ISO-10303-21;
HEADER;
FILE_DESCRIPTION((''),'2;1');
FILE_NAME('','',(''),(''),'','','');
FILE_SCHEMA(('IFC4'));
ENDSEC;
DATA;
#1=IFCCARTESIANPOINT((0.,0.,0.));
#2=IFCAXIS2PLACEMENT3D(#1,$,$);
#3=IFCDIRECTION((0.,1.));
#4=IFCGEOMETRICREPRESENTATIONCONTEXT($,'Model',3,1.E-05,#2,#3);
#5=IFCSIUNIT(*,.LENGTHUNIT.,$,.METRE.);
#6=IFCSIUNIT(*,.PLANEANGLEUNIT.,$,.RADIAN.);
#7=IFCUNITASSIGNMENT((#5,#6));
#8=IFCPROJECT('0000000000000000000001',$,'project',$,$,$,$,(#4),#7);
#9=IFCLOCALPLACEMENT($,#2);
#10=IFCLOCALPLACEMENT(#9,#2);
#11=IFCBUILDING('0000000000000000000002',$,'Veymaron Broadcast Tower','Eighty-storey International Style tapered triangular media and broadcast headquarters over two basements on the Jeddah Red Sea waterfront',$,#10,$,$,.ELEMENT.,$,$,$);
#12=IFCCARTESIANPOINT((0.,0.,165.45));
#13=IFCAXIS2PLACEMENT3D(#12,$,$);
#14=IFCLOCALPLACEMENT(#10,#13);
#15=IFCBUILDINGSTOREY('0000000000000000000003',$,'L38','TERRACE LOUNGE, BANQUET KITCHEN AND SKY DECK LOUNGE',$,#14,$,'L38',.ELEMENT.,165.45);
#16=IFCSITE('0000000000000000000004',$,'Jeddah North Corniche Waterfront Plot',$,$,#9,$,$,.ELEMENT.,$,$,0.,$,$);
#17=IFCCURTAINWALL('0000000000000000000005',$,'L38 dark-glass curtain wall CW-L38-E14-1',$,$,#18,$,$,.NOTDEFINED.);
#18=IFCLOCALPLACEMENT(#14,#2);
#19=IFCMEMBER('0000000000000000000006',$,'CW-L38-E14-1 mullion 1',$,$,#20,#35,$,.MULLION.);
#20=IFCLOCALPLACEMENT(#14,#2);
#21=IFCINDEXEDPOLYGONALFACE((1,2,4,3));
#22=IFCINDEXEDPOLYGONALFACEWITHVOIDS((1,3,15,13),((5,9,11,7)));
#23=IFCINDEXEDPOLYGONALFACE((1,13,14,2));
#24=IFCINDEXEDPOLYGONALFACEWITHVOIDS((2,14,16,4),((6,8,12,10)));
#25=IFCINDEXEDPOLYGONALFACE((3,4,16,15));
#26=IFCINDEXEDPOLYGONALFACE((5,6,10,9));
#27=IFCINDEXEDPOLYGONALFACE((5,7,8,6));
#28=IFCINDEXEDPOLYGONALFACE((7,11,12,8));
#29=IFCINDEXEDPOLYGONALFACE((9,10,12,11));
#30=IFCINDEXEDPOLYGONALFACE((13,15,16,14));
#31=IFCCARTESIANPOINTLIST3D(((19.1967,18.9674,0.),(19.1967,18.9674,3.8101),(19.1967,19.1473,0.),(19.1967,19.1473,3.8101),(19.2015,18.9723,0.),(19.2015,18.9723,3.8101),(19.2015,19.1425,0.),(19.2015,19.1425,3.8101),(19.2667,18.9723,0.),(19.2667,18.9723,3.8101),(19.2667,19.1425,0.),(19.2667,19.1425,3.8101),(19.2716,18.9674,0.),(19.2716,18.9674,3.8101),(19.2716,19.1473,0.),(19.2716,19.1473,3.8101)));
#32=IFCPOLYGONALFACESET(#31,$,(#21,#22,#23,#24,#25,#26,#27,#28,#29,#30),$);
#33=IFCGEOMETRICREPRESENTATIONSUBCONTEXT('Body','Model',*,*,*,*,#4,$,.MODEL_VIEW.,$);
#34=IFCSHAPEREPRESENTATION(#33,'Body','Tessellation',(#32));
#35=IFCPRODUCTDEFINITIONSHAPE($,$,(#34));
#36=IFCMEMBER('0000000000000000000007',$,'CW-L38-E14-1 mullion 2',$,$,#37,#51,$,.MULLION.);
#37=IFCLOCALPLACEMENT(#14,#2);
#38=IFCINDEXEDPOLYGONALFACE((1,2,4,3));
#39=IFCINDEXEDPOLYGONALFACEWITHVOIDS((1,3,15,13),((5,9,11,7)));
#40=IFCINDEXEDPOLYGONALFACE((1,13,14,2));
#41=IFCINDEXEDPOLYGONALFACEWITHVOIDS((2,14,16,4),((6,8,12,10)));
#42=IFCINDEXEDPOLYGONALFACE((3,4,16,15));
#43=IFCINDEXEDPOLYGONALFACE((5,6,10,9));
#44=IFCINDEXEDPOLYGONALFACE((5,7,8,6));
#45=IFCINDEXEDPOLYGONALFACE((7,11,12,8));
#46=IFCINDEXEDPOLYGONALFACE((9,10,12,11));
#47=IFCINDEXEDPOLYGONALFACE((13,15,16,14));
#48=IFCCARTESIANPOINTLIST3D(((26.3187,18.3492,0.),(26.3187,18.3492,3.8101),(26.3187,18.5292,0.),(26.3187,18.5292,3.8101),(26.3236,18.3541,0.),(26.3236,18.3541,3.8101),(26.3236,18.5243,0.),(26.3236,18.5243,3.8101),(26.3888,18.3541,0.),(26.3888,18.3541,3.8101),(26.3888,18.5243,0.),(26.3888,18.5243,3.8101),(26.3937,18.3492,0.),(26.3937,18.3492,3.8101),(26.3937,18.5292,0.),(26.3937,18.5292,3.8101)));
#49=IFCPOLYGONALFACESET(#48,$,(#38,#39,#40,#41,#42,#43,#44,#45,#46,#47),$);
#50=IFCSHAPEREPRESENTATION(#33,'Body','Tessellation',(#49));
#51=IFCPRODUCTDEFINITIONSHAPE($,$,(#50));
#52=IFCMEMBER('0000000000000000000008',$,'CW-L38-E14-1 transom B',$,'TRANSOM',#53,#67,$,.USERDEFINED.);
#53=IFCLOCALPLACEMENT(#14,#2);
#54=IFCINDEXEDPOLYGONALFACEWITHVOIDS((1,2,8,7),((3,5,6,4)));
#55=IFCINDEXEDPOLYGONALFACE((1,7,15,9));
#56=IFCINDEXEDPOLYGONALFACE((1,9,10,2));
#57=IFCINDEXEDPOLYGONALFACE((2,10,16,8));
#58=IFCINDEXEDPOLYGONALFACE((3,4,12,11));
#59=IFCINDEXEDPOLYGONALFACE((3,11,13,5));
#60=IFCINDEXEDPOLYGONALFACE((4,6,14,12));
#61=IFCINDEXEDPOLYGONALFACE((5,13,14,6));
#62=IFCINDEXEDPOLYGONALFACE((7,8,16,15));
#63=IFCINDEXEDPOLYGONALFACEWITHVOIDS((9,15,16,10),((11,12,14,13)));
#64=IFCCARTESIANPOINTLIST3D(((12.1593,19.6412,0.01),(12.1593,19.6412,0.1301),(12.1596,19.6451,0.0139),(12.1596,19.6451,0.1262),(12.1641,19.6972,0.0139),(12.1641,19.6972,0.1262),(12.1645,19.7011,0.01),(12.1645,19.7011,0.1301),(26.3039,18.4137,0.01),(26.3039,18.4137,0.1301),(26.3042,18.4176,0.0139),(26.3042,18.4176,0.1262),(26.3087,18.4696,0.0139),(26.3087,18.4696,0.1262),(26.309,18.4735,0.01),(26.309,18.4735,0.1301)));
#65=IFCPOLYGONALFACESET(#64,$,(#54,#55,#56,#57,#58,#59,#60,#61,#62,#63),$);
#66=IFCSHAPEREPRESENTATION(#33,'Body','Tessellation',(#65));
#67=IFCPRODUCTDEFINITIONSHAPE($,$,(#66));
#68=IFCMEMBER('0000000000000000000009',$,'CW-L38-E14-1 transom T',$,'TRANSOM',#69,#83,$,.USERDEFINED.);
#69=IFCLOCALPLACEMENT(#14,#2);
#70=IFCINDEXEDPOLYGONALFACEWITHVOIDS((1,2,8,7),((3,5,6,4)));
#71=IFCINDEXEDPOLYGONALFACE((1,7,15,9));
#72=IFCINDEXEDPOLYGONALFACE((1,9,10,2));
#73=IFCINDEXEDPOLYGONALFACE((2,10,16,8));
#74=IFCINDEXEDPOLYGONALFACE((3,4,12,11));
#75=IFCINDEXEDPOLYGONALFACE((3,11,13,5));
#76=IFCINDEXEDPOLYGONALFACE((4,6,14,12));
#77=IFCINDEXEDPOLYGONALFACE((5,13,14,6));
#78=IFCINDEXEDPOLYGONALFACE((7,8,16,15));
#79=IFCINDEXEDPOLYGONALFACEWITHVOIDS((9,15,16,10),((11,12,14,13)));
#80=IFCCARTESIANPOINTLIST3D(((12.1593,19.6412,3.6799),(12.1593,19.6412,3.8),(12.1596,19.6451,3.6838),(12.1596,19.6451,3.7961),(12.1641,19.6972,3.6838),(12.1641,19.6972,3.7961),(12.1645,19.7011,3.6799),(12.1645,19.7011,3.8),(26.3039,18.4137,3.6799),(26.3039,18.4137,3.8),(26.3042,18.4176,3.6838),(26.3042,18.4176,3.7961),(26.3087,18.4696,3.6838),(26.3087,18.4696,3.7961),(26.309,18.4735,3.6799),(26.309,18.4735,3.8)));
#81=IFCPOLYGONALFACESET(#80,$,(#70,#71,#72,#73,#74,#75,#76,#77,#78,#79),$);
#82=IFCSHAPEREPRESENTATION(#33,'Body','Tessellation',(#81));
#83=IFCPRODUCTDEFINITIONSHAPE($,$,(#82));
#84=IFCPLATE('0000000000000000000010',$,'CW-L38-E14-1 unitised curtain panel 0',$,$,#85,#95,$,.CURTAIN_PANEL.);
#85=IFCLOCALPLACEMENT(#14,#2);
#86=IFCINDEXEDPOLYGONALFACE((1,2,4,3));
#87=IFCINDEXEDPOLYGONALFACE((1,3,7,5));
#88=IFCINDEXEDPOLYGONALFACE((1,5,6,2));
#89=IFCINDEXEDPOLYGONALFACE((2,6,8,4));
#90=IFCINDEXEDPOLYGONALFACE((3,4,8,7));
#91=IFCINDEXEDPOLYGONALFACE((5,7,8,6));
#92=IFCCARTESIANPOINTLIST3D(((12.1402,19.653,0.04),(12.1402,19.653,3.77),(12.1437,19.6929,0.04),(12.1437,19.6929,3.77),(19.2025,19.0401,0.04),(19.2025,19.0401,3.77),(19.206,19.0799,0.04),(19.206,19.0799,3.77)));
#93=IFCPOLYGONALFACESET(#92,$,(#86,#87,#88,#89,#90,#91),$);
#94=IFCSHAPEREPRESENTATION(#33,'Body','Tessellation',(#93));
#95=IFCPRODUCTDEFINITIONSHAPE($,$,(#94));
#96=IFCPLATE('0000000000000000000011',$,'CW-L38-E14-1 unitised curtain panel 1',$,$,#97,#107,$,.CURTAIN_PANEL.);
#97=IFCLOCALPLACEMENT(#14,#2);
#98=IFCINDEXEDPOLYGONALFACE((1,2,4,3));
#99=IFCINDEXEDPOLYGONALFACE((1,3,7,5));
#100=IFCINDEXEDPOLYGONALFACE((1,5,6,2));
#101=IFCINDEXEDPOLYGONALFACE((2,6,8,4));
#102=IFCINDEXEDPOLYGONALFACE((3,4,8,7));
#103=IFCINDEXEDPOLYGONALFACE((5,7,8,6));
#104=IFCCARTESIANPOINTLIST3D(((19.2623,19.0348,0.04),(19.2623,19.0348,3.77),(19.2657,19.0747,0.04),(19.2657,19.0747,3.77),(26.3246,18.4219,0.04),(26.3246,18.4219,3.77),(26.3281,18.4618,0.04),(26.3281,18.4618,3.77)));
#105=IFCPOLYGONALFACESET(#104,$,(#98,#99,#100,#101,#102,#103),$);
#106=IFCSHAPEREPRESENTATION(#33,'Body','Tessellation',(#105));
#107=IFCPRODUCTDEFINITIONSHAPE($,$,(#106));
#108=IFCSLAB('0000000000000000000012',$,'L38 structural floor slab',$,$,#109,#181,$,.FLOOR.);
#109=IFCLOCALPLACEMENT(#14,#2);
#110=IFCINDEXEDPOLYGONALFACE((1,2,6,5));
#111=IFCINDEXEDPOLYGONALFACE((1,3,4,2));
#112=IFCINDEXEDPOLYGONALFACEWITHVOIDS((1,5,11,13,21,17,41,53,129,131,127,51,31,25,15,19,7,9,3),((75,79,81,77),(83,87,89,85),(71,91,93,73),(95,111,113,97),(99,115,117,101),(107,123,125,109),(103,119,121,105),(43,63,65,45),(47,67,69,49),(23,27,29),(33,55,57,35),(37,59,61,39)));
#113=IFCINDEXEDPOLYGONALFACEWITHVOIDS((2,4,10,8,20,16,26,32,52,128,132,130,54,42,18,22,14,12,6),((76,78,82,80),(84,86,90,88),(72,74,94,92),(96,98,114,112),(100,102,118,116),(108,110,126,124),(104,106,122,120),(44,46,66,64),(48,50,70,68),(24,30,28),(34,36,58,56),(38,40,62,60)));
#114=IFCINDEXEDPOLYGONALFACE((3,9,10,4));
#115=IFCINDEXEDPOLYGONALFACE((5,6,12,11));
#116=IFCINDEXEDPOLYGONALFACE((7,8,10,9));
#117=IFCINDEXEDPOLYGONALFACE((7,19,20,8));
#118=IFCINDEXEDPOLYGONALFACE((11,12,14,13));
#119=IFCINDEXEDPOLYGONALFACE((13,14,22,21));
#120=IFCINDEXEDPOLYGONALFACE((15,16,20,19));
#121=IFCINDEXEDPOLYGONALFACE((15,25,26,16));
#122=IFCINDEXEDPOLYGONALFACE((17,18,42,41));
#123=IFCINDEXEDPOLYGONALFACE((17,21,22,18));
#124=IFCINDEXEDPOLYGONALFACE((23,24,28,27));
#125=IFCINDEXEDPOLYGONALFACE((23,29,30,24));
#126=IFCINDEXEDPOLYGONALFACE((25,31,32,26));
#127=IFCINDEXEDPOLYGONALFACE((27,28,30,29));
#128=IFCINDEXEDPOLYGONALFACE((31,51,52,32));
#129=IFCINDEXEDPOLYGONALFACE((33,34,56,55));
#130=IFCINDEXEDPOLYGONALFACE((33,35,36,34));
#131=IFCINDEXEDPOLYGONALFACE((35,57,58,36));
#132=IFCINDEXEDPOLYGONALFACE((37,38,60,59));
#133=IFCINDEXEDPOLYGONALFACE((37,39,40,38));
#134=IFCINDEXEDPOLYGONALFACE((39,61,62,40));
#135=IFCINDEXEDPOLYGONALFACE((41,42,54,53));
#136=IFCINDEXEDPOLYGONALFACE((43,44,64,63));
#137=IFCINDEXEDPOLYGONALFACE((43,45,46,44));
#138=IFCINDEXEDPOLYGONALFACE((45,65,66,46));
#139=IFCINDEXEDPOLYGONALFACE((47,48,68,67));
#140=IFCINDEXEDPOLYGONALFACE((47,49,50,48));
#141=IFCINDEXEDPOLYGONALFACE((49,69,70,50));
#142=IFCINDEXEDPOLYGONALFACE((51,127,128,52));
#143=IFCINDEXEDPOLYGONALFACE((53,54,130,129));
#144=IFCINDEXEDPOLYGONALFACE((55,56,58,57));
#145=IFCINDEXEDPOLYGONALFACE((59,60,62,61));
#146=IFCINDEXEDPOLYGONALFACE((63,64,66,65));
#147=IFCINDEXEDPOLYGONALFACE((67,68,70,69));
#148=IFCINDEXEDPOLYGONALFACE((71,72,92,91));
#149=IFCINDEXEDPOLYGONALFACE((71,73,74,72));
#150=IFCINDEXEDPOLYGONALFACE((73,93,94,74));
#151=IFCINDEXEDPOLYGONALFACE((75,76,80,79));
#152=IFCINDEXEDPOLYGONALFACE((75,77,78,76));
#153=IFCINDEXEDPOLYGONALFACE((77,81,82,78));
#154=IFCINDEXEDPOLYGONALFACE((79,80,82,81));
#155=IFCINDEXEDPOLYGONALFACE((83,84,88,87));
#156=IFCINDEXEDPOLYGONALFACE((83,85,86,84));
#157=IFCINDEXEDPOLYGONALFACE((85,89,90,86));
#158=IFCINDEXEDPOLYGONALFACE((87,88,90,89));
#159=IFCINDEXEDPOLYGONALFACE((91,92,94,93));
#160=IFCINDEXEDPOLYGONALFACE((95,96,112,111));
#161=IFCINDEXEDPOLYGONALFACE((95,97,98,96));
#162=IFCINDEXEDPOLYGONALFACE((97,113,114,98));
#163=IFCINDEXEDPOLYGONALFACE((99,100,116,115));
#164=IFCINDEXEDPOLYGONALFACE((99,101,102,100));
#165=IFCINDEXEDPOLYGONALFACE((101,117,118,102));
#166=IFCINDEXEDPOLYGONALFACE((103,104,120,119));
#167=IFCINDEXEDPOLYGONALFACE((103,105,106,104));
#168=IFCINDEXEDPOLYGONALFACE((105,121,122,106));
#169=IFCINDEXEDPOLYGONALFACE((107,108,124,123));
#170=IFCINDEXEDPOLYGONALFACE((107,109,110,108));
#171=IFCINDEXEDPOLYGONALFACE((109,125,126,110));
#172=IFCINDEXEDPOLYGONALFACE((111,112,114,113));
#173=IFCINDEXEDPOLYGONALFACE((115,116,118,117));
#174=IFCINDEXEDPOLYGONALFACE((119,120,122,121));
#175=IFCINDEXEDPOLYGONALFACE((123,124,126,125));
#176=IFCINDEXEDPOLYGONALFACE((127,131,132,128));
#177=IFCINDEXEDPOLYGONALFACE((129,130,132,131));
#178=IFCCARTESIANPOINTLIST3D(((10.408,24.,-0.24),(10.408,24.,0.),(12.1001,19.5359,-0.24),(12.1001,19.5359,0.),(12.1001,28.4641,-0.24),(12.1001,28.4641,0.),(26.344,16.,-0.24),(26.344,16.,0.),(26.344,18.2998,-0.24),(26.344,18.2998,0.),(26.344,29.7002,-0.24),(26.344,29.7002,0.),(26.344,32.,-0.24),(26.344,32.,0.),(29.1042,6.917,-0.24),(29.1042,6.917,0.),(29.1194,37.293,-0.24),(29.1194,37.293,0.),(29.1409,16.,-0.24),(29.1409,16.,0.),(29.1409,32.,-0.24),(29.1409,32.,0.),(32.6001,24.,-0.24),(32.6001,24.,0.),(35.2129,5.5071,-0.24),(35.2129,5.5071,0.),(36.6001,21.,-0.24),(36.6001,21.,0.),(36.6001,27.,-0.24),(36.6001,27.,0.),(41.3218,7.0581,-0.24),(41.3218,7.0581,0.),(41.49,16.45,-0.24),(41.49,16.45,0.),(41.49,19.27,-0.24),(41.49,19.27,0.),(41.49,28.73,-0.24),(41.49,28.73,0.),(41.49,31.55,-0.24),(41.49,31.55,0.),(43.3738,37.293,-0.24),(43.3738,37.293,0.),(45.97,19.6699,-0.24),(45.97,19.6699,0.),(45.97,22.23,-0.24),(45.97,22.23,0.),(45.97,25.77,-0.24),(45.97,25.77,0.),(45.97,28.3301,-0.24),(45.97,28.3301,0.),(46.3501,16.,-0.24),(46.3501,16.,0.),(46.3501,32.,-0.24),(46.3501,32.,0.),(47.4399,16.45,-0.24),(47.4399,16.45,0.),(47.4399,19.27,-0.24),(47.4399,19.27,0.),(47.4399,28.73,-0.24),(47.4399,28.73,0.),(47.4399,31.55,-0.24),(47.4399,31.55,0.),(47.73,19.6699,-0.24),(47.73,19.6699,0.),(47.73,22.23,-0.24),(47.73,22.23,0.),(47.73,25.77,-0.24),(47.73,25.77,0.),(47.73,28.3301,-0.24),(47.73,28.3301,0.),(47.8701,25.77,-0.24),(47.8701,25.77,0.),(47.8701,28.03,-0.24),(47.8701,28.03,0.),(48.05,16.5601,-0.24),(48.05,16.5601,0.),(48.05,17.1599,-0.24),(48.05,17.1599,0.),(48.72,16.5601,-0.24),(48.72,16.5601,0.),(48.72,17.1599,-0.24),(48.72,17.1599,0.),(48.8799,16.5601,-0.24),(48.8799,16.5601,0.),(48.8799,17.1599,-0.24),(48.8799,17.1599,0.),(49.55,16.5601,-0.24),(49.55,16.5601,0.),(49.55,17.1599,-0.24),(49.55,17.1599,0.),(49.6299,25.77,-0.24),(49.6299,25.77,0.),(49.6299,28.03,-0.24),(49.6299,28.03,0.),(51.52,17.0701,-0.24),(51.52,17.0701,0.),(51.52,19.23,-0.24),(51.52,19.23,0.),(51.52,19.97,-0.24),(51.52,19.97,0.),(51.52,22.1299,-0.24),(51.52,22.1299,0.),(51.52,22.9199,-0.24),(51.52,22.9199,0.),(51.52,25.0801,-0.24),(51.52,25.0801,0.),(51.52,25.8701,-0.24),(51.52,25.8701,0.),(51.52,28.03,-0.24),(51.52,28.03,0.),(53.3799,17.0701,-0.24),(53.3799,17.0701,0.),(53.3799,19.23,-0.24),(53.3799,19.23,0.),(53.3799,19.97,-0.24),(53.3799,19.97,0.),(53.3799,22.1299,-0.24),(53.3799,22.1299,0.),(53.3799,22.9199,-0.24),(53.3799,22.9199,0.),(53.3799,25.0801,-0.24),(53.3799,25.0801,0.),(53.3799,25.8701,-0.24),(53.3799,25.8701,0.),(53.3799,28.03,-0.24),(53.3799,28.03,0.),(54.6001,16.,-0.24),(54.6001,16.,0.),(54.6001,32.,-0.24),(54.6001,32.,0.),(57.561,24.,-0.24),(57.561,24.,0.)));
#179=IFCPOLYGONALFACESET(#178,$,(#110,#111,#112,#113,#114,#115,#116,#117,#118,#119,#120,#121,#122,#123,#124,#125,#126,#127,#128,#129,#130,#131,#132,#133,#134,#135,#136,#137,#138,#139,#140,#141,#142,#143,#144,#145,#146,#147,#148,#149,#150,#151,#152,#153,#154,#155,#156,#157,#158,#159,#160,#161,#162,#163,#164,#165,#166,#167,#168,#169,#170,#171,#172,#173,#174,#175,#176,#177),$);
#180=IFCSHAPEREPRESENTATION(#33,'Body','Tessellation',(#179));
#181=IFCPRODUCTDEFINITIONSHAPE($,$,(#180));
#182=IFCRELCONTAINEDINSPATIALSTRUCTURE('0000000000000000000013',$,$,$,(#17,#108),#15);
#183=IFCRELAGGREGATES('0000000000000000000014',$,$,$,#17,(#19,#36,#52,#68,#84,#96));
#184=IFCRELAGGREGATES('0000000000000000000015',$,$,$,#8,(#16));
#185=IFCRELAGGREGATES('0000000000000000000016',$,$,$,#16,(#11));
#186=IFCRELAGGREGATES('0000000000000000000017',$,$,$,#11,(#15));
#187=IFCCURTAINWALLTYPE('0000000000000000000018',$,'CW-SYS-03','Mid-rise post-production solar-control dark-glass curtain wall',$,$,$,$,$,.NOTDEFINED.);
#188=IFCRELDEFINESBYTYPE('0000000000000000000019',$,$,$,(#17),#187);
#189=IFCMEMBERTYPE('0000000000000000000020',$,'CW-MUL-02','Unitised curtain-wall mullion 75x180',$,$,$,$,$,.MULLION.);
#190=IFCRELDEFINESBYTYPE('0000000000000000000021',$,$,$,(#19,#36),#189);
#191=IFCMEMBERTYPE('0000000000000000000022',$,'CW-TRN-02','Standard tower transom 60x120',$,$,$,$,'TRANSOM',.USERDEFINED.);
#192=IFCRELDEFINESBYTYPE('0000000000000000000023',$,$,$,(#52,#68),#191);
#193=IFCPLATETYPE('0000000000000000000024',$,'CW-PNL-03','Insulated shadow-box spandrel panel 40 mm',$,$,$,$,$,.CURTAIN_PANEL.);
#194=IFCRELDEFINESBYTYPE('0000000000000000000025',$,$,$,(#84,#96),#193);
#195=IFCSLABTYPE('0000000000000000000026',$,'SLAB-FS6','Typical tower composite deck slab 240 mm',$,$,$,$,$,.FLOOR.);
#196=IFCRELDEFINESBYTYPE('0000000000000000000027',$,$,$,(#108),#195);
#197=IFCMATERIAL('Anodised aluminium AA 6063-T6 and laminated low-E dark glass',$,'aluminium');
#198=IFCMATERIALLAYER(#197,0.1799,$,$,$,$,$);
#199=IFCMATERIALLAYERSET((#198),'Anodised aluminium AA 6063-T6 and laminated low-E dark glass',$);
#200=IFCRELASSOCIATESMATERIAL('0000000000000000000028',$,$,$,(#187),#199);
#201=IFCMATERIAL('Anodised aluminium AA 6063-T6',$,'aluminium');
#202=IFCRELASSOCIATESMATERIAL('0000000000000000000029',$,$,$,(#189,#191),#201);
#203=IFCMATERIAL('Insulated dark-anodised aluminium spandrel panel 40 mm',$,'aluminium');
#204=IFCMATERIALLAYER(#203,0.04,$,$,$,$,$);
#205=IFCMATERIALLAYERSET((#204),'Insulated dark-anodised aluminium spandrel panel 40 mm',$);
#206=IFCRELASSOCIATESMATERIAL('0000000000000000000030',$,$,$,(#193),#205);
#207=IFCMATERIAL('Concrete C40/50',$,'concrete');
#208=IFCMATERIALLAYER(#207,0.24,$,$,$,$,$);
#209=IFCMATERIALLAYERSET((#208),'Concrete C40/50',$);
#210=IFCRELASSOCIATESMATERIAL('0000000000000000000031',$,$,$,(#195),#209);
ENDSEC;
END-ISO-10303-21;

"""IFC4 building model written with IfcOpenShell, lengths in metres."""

from ifc_helpers import new_model, si_unit, direction, frame, origin, origin_2d, place, context, subcontext, project, spatial, polyline, rectangle, hollow_rectangle, outline, extrude, material, layer, layer_set, material_profile, profile_set, type_object, element, aggregate, save


model = new_model("IFC4")

# Units and contexts
model_context = context("Model", 3, precision=1e-05, world=origin(), true_north=direction((0.0, 1.0)))
body_context = subcontext(model_context, "Body", "Model", "MODEL_VIEW")
ifc_project = project(units=[si_unit("LENGTHUNIT", "METRE"), si_unit("PLANEANGLEUNIT", "RADIAN")], contexts=[model_context])

# Site, building, storey
site_placement = place(None, origin())
site = spatial("IfcSite", under=ifc_project, at=site_placement, Name="Jeddah North Corniche Waterfront Plot", CompositionType="ELEMENT", RefElevation=0.0)
building_placement = place(site_placement, origin())
building = spatial("IfcBuilding", under=site, at=building_placement, Name="Veymaron Broadcast Tower", Description="Eighty-storey International Style tapered triangular media and broadcast headquarters over two basements on the Jeddah Red Sea waterfront", CompositionType="ELEMENT")
storey_placement = place(building_placement, frame((0.0, 0.0, 165.45)))
storey = spatial("IfcBuildingStorey", under=building, at=storey_placement, Name="L38", Description="TERRACE LOUNGE, BANQUET KITCHEN AND SKY DECK LOUNGE", LongName="L38", CompositionType="ELEMENT", Elevation=165.45)

# Curtain wall, members, plates
ifc_material_1 = material(Name="Anodised aluminium AA 6063-T6 and laminated low-E dark glass", Category="aluminium")
ifc_layer_1 = layer(ifc_material_1, 0.1799)
ifc_layer_set_1 = layer_set([ifc_layer_1], Name="Anodised aluminium AA 6063-T6 and laminated low-E dark glass")
curtain_wall_type = type_object("IfcCurtainWallType", Name="CW-SYS-03", Description="Mid-rise post-production solar-control dark-glass curtain wall", PredefinedType="NOTDEFINED", material=ifc_layer_set_1)
curtain_wall_placement = place(storey_placement, origin())
curtain_wall = element("IfcCurtainWall", 1, at=curtain_wall_placement, inside=storey, type_object=curtain_wall_type, Name="L38 dark-glass curtain wall CW-L38-E14-1", PredefinedType="NOTDEFINED")
ifc_material_2 = material(Name="Anodised aluminium AA 6063-T6", Category="aluminium")
ifc_material_profile_1 = material_profile(ifc_material_2, hollow_rectangle(XDim=0.075, YDim=0.1799, WallThickness=0.0049, at=origin_2d()), Name="AL180X75X5")
ifc_profile_set_1 = profile_set([ifc_material_profile_1], Name="Anodised aluminium AA 6063-T6")
member_type_1 = type_object("IfcMemberType", Name="CW-MUL-02", Description="Unitised curtain-wall mullion 75x180", PredefinedType="MULLION", material=ifc_profile_set_1)
member_1_placement = place(storey_placement, frame((19.2341, 19.0574, 0.0), z_axis=(0.0, 0.0, 1.0), x_axis=(1.0, 0.0, 0.0)))
member_1 = element("IfcMember", 2, at=member_1_placement, type_object=member_type_1, Name="CW-L38-E14-1 mullion 1", PredefinedType="MULLION", context=body_context, shape_type="SweptSolid", body=[
    extrude(hollow_rectangle(XDim=0.075, YDim=0.1799, WallThickness=0.0049, at=origin_2d()), origin(), (0.0, 0.0, 1.0), 3.8101),
])
member_2_placement = place(storey_placement, frame((26.3562, 18.4392, 0.0), z_axis=(0.0, 0.0, 1.0), x_axis=(1.0, 0.0, 0.0)))
member_2 = element("IfcMember", 3, at=member_2_placement, type_object=member_type_1, Name="CW-L38-E14-1 mullion 2", PredefinedType="MULLION", context=body_context, shape_type="SweptSolid", body=[
    extrude(hollow_rectangle(XDim=0.075, YDim=0.1799, WallThickness=0.0049, at=origin_2d()), origin(), (0.0, 0.0, 1.0), 3.8101),
])
ifc_material_profile_2 = material_profile(ifc_material_2, hollow_rectangle(XDim=0.0601, YDim=0.1201, WallThickness=0.0039, at=origin_2d()), Name="AL120X60X4")
ifc_profile_set_2 = profile_set([ifc_material_profile_2], Name="Anodised aluminium AA 6063-T6")
member_type_2 = type_object("IfcMemberType", Name="CW-TRN-02", Description="Standard tower transom 60x120", ElementType="TRANSOM", PredefinedType="USERDEFINED", material=ifc_profile_set_2)
member_3_placement = place(storey_placement, frame((12.1619, 19.6711, 0.0701), z_axis=(0.996255, -0.08646, 0.0), x_axis=(0.08646, 0.996255, 0.0)))
member_3 = element("IfcMember", 4, at=member_3_placement, type_object=member_type_2, Name="CW-L38-E14-1 transom B", ObjectType="TRANSOM", PredefinedType="USERDEFINED", context=body_context, shape_type="SweptSolid", body=[
    extrude(hollow_rectangle(XDim=0.0601, YDim=0.1201, WallThickness=0.0039, at=origin_2d()), origin(), (0.0, 0.0, 1.0), 14.1978),
])
member_4_placement = place(storey_placement, frame((12.1619, 19.6711, 3.74), z_axis=(0.996255, -0.08646, 0.0), x_axis=(0.08646, 0.996255, 0.0)))
member_4 = element("IfcMember", 5, at=member_4_placement, type_object=member_type_2, Name="CW-L38-E14-1 transom T", ObjectType="TRANSOM", PredefinedType="USERDEFINED", context=body_context, shape_type="SweptSolid", body=[
    extrude(hollow_rectangle(XDim=0.0601, YDim=0.1201, WallThickness=0.0039, at=origin_2d()), origin(), (0.0, 0.0, 1.0), 14.1978),
])
ifc_material_3 = material(Name="Insulated dark-anodised aluminium spandrel panel 40 mm", Category="aluminium")
ifc_layer_2 = layer(ifc_material_3, 0.04)
ifc_layer_set_2 = layer_set([ifc_layer_2], Name="Insulated dark-anodised aluminium spandrel panel 40 mm")
plate_type = type_object("IfcPlateType", Name="CW-PNL-03", Description="Insulated shadow-box spandrel panel 40 mm", PredefinedType="CURTAIN_PANEL", material=ifc_layer_set_2)
plate_1_placement = place(storey_placement, frame((15.6731, 19.3665, 0.04), z_axis=(0.0, 0.0, 1.0), x_axis=(0.996255, -0.08646, 0.0)))
plate_1 = element("IfcPlate", 6, at=plate_1_placement, type_object=plate_type, Name="CW-L38-E14-1 unitised curtain panel 0", PredefinedType="CURTAIN_PANEL", context=body_context, shape_type="SweptSolid", body=[
    extrude(rectangle(XDim=7.0889, YDim=0.04, at=origin_2d()), origin(), (0.0, 0.0, 1.0), 3.73),
])
plate_2_placement = place(storey_placement, frame((22.7952, 18.7483, 0.04), z_axis=(0.0, 0.0, 1.0), x_axis=(0.996255, -0.08646, 0.0)))
plate_2 = element("IfcPlate", 7, at=plate_2_placement, type_object=plate_type, Name="CW-L38-E14-1 unitised curtain panel 1", PredefinedType="CURTAIN_PANEL", context=body_context, shape_type="SweptSolid", body=[
    extrude(rectangle(XDim=7.0889, YDim=0.04, at=origin_2d()), origin(), (0.0, 0.0, 1.0), 3.73),
])
aggregate(curtain_wall, [member_1, member_2, member_3, member_4, plate_1, plate_2])

# Slab
ifc_material_4 = material(Name="Concrete C40/50", Category="concrete")
ifc_layer_3 = layer(ifc_material_4, 0.24)
ifc_layer_set_3 = layer_set([ifc_layer_3], Name="Concrete C40/50")
slab_type_1 = type_object("IfcSlabType", Name="SLAB-FS6", Description="Typical tower composite deck slab 240 mm", PredefinedType="FLOOR", material=ifc_layer_set_3)
slab_1_placement = place(storey_placement, frame((0.0, 0.0, -0.24)))
element("IfcSlab", 8, at=slab_1_placement, inside=storey, type_object=slab_type_1, Name="L38 structural floor slab", PredefinedType="FLOOR", context=body_context, shape_type="SweptSolid", body=[
    extrude(outline(polyline([(41.3218, 7.0581), (46.3501, 16.0), (54.6001, 16.0), (57.561, 24.0), (54.6001, 32.0), (46.3501, 32.0), (43.3738, 37.293), (29.1194, 37.293), (29.1409, 32.0), (26.344, 32.0), (26.344, 29.7002), (12.1001, 28.4641), (10.408, 24.0), (12.1001, 19.5359), (26.344, 18.2998), (26.344, 16.0), (29.1409, 16.0), (29.1042, 6.917), (35.2129, 5.5071), (41.3218, 7.0581)]), holes=[polyline([(45.97, 28.3301), (47.73, 28.3301), (47.73, 25.77), (45.97, 25.77), (45.97, 28.3301)]), polyline([(45.97, 22.23), (47.73, 22.23), (47.73, 19.6699), (45.97, 19.6699), (45.97, 22.23)]), polyline([(47.8701, 28.03), (49.6299, 28.03), (49.6299, 25.77), (47.8701, 25.77), (47.8701, 28.03)]), polyline([(51.52, 28.03), (53.3799, 28.03), (53.3799, 25.8701), (51.52, 25.8701), (51.52, 28.03)]), polyline([(51.52, 22.1299), (53.3799, 22.1299), (53.3799, 19.97), (51.52, 19.97), (51.52, 22.1299)]), polyline([(51.52, 25.0801), (53.3799, 25.0801), (53.3799, 22.9199), (51.52, 22.9199), (51.52, 25.0801)]), polyline([(51.52, 19.23), (53.3799, 19.23), (53.3799, 17.0701), (51.52, 17.0701), (51.52, 19.23)]), polyline([(48.05, 17.1599), (48.72, 17.1599), (48.72, 16.5601), (48.05, 16.5601), (48.05, 17.1599)]), polyline([(48.8799, 17.1599), (49.55, 17.1599), (49.55, 16.5601), (48.8799, 16.5601), (48.8799, 17.1599)]), polyline([(36.6001, 27.0), (36.6001, 21.0), (32.6001, 24.0), (36.6001, 27.0)]), polyline([(41.49, 31.55), (47.4399, 31.55), (47.4399, 28.73), (41.49, 28.73), (41.49, 31.55)]), polyline([(41.49, 19.27), (47.4399, 19.27), (47.4399, 16.45), (41.49, 16.45), (41.49, 19.27)])]), origin(), (0.0, 0.0, 1.0), 0.24),
])

save(model, "model.ifc")
